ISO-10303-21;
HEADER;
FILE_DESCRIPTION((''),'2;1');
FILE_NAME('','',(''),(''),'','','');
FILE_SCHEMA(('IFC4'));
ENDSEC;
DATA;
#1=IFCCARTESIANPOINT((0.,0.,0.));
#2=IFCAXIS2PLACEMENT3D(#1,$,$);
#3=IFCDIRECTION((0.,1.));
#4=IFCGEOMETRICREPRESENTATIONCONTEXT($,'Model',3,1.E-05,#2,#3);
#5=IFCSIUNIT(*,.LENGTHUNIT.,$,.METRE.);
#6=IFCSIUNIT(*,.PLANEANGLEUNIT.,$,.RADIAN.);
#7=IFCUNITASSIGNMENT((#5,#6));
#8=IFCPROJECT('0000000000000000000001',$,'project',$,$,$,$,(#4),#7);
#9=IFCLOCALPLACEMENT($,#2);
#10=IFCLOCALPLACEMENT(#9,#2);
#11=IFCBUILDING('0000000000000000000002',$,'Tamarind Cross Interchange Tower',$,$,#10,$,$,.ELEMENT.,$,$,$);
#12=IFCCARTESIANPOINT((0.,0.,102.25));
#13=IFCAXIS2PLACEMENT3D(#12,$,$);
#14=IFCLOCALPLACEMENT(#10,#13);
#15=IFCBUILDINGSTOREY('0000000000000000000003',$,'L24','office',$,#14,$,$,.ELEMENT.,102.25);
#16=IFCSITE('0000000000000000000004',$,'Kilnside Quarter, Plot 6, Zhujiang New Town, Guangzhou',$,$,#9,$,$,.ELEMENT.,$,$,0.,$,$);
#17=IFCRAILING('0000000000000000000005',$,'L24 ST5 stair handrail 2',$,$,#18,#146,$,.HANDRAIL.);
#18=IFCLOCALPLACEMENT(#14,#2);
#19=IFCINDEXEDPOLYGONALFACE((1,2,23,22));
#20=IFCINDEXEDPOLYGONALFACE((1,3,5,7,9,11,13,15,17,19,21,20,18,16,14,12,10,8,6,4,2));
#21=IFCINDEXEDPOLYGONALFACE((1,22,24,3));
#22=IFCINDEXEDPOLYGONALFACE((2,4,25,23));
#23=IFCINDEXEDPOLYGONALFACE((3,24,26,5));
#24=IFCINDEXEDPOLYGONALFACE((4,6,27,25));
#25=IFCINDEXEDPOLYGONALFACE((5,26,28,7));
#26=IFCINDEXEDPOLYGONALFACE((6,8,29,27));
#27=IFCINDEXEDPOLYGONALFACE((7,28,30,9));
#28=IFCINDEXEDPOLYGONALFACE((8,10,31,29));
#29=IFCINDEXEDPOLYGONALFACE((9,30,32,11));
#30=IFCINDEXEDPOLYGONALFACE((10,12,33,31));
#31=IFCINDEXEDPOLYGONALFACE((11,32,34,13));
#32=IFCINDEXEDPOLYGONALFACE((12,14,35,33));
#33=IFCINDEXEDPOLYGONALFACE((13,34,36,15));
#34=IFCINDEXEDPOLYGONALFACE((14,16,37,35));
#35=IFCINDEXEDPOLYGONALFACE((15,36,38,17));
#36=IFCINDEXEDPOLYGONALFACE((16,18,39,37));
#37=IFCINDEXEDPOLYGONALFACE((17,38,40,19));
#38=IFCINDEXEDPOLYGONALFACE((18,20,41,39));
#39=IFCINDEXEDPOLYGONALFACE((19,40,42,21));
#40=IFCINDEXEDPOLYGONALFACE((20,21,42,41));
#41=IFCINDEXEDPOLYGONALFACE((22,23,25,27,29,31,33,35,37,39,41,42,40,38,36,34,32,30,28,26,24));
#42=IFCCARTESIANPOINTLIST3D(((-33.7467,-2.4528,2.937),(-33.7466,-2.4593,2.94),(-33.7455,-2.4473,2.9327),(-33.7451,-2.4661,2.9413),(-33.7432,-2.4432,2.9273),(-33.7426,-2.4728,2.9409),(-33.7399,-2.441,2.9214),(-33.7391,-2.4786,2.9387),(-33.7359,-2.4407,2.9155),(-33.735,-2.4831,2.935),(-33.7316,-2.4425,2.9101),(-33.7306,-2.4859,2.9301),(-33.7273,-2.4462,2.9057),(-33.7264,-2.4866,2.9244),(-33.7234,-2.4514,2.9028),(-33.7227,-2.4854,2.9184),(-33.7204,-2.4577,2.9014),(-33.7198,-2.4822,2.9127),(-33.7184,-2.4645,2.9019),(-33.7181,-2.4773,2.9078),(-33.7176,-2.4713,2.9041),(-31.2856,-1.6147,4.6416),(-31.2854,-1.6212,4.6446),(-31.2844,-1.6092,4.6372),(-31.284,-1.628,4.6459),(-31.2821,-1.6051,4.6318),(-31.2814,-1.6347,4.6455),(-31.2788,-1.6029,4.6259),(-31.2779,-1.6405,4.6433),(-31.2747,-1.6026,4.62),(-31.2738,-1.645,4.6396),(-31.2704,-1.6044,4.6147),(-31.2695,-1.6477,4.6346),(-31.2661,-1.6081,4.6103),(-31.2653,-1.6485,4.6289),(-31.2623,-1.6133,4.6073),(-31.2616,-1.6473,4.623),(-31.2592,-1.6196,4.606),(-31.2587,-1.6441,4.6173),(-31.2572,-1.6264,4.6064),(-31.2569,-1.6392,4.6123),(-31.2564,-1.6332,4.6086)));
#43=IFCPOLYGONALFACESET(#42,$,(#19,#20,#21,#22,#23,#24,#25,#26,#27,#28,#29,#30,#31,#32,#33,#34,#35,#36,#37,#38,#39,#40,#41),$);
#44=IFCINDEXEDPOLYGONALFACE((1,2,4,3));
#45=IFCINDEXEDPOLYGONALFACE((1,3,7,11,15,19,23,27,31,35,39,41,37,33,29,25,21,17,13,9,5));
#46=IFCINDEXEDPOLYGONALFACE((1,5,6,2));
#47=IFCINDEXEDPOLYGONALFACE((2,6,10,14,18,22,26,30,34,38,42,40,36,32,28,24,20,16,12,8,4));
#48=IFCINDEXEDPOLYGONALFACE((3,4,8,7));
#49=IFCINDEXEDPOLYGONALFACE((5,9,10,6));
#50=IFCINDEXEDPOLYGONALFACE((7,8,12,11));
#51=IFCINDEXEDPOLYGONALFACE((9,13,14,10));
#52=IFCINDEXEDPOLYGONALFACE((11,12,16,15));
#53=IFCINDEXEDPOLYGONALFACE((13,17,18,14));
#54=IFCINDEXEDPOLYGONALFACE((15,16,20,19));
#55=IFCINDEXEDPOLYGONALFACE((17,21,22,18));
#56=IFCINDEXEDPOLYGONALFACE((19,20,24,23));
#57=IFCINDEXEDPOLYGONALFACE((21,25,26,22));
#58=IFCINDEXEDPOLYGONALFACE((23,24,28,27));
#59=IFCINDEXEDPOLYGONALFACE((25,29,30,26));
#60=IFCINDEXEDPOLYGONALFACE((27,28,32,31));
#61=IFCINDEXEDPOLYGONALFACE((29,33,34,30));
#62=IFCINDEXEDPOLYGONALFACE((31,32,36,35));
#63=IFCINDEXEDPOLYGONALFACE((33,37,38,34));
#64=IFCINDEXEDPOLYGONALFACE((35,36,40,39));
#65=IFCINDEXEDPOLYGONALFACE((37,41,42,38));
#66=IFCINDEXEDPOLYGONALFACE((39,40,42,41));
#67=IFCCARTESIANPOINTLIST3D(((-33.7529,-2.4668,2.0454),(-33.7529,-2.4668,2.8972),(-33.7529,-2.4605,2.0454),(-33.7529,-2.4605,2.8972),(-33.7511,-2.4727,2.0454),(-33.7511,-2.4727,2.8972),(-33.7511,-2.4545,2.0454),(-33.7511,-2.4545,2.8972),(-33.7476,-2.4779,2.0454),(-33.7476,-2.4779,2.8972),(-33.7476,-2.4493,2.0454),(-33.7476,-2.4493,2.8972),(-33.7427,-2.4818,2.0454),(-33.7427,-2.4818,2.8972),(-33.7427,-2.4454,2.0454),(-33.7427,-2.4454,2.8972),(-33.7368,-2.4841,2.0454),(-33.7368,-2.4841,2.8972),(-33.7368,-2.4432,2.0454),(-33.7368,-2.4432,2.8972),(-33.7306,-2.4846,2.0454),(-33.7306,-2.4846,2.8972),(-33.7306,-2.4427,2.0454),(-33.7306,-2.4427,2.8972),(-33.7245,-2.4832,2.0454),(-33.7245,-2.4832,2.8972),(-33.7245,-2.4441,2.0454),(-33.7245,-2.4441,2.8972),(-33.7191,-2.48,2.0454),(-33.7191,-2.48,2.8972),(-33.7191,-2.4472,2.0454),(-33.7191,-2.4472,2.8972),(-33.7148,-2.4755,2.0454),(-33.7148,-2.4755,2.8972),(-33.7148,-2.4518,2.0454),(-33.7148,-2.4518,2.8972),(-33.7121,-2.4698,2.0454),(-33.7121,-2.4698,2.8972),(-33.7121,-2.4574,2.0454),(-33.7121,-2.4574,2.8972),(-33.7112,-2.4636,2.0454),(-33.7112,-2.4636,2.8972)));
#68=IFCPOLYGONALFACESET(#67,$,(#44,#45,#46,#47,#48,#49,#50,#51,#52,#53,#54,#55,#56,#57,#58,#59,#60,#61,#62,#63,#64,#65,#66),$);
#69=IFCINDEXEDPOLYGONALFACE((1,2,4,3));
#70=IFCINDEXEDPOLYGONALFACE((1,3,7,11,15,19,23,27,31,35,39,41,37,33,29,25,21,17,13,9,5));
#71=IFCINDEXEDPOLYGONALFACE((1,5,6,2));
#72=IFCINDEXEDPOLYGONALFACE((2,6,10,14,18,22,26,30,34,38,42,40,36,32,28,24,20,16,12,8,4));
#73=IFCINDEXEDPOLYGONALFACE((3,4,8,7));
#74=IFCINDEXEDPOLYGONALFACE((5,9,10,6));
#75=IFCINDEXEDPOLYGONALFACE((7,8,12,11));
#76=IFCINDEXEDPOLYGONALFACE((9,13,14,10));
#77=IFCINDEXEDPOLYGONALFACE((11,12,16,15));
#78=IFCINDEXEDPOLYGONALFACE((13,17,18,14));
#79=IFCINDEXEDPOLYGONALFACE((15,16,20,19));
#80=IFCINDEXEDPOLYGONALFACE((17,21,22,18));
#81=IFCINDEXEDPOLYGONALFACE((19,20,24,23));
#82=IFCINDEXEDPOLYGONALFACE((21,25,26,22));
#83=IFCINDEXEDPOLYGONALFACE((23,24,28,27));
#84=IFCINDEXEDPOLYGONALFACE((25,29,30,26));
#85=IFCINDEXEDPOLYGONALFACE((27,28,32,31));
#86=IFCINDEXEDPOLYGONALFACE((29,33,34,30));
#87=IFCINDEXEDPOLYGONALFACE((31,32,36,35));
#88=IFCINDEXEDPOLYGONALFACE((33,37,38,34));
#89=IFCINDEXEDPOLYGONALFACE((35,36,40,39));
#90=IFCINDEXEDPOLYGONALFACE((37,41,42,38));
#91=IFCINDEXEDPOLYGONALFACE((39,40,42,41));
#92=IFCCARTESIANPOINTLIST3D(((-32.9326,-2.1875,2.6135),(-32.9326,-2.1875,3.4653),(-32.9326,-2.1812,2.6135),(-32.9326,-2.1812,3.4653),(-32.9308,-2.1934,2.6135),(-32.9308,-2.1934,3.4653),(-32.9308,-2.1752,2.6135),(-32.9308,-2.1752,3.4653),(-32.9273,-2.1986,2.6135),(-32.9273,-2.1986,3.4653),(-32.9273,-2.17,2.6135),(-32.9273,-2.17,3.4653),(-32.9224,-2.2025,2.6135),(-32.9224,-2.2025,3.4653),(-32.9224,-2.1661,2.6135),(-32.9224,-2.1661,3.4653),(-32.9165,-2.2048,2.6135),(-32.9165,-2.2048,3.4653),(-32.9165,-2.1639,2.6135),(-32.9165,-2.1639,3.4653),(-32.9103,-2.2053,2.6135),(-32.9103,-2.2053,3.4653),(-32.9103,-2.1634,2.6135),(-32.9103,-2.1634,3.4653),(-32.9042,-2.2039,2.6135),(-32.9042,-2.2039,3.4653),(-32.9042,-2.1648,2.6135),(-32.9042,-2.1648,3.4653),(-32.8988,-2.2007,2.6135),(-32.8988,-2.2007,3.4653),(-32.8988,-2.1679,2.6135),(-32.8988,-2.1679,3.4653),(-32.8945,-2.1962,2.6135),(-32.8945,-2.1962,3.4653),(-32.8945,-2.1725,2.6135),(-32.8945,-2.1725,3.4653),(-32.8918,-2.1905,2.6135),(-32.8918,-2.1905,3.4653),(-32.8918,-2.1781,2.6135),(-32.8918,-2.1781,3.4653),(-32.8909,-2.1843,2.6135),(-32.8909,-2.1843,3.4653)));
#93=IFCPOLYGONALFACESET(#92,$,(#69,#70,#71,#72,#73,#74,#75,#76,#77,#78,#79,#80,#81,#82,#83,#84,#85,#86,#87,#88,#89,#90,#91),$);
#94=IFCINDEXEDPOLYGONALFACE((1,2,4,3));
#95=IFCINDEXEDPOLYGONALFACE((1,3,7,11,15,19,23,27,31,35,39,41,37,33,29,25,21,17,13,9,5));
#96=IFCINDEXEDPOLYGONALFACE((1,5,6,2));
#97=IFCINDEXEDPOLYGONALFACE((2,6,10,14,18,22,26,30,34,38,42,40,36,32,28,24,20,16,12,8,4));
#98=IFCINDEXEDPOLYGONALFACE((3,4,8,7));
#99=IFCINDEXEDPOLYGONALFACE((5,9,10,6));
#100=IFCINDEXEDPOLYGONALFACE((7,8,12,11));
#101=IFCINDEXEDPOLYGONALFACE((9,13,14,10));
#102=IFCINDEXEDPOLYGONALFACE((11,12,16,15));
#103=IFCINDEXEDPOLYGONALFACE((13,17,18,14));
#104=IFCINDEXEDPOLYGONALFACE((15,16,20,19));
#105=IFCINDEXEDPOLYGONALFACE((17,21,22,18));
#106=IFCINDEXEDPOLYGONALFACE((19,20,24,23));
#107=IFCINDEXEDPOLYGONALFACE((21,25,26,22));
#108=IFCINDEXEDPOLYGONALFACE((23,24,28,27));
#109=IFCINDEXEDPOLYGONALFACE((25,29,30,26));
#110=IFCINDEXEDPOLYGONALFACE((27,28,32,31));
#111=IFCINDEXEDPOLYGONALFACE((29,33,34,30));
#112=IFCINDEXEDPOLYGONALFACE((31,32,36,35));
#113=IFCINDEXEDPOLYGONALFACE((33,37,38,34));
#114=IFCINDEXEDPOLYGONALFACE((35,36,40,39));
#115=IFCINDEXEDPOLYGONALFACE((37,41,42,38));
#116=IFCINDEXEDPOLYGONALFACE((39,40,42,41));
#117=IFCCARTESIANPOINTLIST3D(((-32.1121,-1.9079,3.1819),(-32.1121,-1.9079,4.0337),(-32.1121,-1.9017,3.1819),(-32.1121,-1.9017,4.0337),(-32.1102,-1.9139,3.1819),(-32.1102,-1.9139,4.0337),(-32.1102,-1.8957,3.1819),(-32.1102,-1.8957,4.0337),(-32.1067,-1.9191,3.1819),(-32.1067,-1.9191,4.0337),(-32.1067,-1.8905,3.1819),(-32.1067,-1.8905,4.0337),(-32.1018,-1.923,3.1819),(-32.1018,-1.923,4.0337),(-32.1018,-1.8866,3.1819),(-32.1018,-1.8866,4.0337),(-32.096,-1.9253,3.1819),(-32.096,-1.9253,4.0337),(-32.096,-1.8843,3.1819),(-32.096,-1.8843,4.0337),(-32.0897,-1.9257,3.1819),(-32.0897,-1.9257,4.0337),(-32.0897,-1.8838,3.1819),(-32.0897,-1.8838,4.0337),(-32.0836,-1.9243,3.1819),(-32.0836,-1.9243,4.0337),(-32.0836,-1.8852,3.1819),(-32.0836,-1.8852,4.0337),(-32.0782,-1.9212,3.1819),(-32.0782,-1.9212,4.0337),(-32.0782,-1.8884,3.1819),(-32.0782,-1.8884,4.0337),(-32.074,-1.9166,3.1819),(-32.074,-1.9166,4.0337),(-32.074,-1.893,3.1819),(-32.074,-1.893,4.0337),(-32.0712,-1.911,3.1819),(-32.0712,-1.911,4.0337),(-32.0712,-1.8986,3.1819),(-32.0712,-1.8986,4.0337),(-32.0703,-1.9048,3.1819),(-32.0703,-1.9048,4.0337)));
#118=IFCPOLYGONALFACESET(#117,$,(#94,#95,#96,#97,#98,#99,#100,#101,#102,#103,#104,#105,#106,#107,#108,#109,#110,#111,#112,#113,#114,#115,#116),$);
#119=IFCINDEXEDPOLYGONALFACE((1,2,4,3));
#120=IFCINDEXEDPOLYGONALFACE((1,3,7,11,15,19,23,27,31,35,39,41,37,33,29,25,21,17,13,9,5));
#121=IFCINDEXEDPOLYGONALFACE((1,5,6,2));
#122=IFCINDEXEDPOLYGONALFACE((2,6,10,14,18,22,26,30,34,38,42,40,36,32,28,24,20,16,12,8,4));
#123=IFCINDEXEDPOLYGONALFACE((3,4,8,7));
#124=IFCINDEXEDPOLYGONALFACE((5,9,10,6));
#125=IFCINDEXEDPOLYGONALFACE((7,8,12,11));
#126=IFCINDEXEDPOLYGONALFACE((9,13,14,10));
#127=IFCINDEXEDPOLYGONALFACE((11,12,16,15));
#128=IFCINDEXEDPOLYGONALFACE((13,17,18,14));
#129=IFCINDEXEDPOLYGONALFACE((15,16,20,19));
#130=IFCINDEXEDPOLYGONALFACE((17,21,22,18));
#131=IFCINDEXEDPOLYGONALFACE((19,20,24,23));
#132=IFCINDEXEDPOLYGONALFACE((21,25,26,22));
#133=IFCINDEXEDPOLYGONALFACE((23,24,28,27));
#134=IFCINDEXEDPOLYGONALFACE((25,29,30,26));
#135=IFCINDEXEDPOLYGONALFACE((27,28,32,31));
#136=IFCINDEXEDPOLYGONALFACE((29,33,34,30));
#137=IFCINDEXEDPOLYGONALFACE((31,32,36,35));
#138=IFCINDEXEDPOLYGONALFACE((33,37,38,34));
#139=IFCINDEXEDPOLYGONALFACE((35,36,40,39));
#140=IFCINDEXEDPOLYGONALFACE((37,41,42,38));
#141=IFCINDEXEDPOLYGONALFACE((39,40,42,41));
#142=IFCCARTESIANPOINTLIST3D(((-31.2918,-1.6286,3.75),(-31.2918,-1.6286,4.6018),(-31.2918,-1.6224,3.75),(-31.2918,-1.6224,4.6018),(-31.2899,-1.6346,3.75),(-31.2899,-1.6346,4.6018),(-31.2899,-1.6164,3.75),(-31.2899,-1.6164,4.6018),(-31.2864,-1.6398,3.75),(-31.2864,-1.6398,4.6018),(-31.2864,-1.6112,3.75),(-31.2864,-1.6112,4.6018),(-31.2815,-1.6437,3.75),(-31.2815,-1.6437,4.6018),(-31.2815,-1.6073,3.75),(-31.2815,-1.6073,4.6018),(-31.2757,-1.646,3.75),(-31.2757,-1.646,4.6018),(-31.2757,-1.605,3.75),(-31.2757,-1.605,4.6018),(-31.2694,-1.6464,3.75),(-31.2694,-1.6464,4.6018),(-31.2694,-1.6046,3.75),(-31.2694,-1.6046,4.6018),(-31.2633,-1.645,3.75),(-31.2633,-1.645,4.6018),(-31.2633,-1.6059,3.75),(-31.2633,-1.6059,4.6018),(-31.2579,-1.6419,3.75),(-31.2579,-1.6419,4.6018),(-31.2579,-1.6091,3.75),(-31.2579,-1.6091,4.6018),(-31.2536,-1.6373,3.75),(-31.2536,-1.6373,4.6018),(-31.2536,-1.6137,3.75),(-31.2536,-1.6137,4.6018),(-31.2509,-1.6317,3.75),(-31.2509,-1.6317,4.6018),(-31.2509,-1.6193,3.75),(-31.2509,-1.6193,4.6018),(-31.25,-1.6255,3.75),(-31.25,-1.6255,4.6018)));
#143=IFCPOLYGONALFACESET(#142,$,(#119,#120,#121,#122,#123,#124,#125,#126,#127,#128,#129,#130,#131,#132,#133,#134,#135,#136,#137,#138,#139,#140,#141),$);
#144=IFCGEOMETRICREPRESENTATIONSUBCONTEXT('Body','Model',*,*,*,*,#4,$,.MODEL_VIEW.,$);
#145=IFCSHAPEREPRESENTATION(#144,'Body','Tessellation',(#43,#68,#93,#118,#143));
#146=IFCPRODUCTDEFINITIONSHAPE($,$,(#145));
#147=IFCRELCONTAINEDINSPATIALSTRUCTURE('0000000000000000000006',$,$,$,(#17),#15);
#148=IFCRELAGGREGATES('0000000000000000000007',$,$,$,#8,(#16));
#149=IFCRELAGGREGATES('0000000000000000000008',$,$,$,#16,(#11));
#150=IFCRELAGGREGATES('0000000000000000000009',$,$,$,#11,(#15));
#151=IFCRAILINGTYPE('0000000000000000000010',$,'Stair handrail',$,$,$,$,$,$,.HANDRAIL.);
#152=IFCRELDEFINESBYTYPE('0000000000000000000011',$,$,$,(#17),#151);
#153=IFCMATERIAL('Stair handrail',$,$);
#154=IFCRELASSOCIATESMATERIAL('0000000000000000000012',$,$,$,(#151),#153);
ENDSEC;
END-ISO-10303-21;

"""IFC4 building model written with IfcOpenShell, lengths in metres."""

from ifc_helpers import new_model, si_unit, direction, frame, origin, origin_2d, place, context, subcontext, project, spatial, circle, extrude, material, type_object, element, save


model = new_model("IFC4")

# Units and contexts
model_context = context("Model", 3, precision=1e-05, world=origin(), true_north=direction((0.0, 1.0)))
body_context = subcontext(model_context, "Body", "Model", "MODEL_VIEW")
ifc_project = project(units=[si_unit("LENGTHUNIT", "METRE"), si_unit("PLANEANGLEUNIT", "RADIAN")], contexts=[model_context])

# Site, building, storey
site_placement = place(None, origin())
site = spatial("IfcSite", under=ifc_project, at=site_placement, Name="Kilnside Quarter, Plot 6, Zhujiang New Town, Guangzhou", CompositionType="ELEMENT", RefElevation=0.0)
building_placement = place(site_placement, origin())
building = spatial("IfcBuilding", under=site, at=building_placement, Name="Tamarind Cross Interchange Tower", CompositionType="ELEMENT")
storey_placement = place(building_placement, frame((0.0, 0.0, 102.25)))
storey = spatial("IfcBuildingStorey", under=building, at=storey_placement, Name="L24", Description="office", CompositionType="ELEMENT", Elevation=102.25)

# Railing
ifc_material_1 = material(Name="Stair handrail")
railing_type_1 = type_object("IfcRailingType", Name="Stair handrail", PredefinedType="HANDRAIL", material=ifc_material_1)
railing_1_placement = place(storey_placement, frame((-33.7322, -2.4636, 2.0454)))
element("IfcRailing", 1, at=railing_1_placement, inside=storey, type_object=railing_type_1, Name="L24 ST5 stair handrail 2", PredefinedType="HANDRAIL", context=body_context, shape_type="SweptSolid", body=[
    extrude(circle(Radius=0.0239, at=origin_2d()), frame((0.0, 0.0, 0.876), z_axis=(0.791646, 0.269589, 0.548286), x_axis=(-0.322362, 0.946616, 0.0)), (0.0, 0.0, 1.0), 3.1089),
    extrude(circle(Radius=0.021, at=origin_2d()), origin(), (0.0, 0.0, 1.0), 0.8518),
    extrude(circle(Radius=0.021, at=origin_2d()), frame((0.8203, 0.2793, 0.5681)), (0.0, 0.0, 1.0), 0.8518),
    extrude(circle(Radius=0.021, at=origin_2d()), frame((1.6409, 0.5588, 1.1365)), (0.0, 0.0, 1.0), 0.8518),
    extrude(circle(Radius=0.021, at=origin_2d()), frame((2.4612, 0.8381, 1.7046)), (0.0, 0.0, 1.0), 0.8518),
])

save(model, "model.ifc")
